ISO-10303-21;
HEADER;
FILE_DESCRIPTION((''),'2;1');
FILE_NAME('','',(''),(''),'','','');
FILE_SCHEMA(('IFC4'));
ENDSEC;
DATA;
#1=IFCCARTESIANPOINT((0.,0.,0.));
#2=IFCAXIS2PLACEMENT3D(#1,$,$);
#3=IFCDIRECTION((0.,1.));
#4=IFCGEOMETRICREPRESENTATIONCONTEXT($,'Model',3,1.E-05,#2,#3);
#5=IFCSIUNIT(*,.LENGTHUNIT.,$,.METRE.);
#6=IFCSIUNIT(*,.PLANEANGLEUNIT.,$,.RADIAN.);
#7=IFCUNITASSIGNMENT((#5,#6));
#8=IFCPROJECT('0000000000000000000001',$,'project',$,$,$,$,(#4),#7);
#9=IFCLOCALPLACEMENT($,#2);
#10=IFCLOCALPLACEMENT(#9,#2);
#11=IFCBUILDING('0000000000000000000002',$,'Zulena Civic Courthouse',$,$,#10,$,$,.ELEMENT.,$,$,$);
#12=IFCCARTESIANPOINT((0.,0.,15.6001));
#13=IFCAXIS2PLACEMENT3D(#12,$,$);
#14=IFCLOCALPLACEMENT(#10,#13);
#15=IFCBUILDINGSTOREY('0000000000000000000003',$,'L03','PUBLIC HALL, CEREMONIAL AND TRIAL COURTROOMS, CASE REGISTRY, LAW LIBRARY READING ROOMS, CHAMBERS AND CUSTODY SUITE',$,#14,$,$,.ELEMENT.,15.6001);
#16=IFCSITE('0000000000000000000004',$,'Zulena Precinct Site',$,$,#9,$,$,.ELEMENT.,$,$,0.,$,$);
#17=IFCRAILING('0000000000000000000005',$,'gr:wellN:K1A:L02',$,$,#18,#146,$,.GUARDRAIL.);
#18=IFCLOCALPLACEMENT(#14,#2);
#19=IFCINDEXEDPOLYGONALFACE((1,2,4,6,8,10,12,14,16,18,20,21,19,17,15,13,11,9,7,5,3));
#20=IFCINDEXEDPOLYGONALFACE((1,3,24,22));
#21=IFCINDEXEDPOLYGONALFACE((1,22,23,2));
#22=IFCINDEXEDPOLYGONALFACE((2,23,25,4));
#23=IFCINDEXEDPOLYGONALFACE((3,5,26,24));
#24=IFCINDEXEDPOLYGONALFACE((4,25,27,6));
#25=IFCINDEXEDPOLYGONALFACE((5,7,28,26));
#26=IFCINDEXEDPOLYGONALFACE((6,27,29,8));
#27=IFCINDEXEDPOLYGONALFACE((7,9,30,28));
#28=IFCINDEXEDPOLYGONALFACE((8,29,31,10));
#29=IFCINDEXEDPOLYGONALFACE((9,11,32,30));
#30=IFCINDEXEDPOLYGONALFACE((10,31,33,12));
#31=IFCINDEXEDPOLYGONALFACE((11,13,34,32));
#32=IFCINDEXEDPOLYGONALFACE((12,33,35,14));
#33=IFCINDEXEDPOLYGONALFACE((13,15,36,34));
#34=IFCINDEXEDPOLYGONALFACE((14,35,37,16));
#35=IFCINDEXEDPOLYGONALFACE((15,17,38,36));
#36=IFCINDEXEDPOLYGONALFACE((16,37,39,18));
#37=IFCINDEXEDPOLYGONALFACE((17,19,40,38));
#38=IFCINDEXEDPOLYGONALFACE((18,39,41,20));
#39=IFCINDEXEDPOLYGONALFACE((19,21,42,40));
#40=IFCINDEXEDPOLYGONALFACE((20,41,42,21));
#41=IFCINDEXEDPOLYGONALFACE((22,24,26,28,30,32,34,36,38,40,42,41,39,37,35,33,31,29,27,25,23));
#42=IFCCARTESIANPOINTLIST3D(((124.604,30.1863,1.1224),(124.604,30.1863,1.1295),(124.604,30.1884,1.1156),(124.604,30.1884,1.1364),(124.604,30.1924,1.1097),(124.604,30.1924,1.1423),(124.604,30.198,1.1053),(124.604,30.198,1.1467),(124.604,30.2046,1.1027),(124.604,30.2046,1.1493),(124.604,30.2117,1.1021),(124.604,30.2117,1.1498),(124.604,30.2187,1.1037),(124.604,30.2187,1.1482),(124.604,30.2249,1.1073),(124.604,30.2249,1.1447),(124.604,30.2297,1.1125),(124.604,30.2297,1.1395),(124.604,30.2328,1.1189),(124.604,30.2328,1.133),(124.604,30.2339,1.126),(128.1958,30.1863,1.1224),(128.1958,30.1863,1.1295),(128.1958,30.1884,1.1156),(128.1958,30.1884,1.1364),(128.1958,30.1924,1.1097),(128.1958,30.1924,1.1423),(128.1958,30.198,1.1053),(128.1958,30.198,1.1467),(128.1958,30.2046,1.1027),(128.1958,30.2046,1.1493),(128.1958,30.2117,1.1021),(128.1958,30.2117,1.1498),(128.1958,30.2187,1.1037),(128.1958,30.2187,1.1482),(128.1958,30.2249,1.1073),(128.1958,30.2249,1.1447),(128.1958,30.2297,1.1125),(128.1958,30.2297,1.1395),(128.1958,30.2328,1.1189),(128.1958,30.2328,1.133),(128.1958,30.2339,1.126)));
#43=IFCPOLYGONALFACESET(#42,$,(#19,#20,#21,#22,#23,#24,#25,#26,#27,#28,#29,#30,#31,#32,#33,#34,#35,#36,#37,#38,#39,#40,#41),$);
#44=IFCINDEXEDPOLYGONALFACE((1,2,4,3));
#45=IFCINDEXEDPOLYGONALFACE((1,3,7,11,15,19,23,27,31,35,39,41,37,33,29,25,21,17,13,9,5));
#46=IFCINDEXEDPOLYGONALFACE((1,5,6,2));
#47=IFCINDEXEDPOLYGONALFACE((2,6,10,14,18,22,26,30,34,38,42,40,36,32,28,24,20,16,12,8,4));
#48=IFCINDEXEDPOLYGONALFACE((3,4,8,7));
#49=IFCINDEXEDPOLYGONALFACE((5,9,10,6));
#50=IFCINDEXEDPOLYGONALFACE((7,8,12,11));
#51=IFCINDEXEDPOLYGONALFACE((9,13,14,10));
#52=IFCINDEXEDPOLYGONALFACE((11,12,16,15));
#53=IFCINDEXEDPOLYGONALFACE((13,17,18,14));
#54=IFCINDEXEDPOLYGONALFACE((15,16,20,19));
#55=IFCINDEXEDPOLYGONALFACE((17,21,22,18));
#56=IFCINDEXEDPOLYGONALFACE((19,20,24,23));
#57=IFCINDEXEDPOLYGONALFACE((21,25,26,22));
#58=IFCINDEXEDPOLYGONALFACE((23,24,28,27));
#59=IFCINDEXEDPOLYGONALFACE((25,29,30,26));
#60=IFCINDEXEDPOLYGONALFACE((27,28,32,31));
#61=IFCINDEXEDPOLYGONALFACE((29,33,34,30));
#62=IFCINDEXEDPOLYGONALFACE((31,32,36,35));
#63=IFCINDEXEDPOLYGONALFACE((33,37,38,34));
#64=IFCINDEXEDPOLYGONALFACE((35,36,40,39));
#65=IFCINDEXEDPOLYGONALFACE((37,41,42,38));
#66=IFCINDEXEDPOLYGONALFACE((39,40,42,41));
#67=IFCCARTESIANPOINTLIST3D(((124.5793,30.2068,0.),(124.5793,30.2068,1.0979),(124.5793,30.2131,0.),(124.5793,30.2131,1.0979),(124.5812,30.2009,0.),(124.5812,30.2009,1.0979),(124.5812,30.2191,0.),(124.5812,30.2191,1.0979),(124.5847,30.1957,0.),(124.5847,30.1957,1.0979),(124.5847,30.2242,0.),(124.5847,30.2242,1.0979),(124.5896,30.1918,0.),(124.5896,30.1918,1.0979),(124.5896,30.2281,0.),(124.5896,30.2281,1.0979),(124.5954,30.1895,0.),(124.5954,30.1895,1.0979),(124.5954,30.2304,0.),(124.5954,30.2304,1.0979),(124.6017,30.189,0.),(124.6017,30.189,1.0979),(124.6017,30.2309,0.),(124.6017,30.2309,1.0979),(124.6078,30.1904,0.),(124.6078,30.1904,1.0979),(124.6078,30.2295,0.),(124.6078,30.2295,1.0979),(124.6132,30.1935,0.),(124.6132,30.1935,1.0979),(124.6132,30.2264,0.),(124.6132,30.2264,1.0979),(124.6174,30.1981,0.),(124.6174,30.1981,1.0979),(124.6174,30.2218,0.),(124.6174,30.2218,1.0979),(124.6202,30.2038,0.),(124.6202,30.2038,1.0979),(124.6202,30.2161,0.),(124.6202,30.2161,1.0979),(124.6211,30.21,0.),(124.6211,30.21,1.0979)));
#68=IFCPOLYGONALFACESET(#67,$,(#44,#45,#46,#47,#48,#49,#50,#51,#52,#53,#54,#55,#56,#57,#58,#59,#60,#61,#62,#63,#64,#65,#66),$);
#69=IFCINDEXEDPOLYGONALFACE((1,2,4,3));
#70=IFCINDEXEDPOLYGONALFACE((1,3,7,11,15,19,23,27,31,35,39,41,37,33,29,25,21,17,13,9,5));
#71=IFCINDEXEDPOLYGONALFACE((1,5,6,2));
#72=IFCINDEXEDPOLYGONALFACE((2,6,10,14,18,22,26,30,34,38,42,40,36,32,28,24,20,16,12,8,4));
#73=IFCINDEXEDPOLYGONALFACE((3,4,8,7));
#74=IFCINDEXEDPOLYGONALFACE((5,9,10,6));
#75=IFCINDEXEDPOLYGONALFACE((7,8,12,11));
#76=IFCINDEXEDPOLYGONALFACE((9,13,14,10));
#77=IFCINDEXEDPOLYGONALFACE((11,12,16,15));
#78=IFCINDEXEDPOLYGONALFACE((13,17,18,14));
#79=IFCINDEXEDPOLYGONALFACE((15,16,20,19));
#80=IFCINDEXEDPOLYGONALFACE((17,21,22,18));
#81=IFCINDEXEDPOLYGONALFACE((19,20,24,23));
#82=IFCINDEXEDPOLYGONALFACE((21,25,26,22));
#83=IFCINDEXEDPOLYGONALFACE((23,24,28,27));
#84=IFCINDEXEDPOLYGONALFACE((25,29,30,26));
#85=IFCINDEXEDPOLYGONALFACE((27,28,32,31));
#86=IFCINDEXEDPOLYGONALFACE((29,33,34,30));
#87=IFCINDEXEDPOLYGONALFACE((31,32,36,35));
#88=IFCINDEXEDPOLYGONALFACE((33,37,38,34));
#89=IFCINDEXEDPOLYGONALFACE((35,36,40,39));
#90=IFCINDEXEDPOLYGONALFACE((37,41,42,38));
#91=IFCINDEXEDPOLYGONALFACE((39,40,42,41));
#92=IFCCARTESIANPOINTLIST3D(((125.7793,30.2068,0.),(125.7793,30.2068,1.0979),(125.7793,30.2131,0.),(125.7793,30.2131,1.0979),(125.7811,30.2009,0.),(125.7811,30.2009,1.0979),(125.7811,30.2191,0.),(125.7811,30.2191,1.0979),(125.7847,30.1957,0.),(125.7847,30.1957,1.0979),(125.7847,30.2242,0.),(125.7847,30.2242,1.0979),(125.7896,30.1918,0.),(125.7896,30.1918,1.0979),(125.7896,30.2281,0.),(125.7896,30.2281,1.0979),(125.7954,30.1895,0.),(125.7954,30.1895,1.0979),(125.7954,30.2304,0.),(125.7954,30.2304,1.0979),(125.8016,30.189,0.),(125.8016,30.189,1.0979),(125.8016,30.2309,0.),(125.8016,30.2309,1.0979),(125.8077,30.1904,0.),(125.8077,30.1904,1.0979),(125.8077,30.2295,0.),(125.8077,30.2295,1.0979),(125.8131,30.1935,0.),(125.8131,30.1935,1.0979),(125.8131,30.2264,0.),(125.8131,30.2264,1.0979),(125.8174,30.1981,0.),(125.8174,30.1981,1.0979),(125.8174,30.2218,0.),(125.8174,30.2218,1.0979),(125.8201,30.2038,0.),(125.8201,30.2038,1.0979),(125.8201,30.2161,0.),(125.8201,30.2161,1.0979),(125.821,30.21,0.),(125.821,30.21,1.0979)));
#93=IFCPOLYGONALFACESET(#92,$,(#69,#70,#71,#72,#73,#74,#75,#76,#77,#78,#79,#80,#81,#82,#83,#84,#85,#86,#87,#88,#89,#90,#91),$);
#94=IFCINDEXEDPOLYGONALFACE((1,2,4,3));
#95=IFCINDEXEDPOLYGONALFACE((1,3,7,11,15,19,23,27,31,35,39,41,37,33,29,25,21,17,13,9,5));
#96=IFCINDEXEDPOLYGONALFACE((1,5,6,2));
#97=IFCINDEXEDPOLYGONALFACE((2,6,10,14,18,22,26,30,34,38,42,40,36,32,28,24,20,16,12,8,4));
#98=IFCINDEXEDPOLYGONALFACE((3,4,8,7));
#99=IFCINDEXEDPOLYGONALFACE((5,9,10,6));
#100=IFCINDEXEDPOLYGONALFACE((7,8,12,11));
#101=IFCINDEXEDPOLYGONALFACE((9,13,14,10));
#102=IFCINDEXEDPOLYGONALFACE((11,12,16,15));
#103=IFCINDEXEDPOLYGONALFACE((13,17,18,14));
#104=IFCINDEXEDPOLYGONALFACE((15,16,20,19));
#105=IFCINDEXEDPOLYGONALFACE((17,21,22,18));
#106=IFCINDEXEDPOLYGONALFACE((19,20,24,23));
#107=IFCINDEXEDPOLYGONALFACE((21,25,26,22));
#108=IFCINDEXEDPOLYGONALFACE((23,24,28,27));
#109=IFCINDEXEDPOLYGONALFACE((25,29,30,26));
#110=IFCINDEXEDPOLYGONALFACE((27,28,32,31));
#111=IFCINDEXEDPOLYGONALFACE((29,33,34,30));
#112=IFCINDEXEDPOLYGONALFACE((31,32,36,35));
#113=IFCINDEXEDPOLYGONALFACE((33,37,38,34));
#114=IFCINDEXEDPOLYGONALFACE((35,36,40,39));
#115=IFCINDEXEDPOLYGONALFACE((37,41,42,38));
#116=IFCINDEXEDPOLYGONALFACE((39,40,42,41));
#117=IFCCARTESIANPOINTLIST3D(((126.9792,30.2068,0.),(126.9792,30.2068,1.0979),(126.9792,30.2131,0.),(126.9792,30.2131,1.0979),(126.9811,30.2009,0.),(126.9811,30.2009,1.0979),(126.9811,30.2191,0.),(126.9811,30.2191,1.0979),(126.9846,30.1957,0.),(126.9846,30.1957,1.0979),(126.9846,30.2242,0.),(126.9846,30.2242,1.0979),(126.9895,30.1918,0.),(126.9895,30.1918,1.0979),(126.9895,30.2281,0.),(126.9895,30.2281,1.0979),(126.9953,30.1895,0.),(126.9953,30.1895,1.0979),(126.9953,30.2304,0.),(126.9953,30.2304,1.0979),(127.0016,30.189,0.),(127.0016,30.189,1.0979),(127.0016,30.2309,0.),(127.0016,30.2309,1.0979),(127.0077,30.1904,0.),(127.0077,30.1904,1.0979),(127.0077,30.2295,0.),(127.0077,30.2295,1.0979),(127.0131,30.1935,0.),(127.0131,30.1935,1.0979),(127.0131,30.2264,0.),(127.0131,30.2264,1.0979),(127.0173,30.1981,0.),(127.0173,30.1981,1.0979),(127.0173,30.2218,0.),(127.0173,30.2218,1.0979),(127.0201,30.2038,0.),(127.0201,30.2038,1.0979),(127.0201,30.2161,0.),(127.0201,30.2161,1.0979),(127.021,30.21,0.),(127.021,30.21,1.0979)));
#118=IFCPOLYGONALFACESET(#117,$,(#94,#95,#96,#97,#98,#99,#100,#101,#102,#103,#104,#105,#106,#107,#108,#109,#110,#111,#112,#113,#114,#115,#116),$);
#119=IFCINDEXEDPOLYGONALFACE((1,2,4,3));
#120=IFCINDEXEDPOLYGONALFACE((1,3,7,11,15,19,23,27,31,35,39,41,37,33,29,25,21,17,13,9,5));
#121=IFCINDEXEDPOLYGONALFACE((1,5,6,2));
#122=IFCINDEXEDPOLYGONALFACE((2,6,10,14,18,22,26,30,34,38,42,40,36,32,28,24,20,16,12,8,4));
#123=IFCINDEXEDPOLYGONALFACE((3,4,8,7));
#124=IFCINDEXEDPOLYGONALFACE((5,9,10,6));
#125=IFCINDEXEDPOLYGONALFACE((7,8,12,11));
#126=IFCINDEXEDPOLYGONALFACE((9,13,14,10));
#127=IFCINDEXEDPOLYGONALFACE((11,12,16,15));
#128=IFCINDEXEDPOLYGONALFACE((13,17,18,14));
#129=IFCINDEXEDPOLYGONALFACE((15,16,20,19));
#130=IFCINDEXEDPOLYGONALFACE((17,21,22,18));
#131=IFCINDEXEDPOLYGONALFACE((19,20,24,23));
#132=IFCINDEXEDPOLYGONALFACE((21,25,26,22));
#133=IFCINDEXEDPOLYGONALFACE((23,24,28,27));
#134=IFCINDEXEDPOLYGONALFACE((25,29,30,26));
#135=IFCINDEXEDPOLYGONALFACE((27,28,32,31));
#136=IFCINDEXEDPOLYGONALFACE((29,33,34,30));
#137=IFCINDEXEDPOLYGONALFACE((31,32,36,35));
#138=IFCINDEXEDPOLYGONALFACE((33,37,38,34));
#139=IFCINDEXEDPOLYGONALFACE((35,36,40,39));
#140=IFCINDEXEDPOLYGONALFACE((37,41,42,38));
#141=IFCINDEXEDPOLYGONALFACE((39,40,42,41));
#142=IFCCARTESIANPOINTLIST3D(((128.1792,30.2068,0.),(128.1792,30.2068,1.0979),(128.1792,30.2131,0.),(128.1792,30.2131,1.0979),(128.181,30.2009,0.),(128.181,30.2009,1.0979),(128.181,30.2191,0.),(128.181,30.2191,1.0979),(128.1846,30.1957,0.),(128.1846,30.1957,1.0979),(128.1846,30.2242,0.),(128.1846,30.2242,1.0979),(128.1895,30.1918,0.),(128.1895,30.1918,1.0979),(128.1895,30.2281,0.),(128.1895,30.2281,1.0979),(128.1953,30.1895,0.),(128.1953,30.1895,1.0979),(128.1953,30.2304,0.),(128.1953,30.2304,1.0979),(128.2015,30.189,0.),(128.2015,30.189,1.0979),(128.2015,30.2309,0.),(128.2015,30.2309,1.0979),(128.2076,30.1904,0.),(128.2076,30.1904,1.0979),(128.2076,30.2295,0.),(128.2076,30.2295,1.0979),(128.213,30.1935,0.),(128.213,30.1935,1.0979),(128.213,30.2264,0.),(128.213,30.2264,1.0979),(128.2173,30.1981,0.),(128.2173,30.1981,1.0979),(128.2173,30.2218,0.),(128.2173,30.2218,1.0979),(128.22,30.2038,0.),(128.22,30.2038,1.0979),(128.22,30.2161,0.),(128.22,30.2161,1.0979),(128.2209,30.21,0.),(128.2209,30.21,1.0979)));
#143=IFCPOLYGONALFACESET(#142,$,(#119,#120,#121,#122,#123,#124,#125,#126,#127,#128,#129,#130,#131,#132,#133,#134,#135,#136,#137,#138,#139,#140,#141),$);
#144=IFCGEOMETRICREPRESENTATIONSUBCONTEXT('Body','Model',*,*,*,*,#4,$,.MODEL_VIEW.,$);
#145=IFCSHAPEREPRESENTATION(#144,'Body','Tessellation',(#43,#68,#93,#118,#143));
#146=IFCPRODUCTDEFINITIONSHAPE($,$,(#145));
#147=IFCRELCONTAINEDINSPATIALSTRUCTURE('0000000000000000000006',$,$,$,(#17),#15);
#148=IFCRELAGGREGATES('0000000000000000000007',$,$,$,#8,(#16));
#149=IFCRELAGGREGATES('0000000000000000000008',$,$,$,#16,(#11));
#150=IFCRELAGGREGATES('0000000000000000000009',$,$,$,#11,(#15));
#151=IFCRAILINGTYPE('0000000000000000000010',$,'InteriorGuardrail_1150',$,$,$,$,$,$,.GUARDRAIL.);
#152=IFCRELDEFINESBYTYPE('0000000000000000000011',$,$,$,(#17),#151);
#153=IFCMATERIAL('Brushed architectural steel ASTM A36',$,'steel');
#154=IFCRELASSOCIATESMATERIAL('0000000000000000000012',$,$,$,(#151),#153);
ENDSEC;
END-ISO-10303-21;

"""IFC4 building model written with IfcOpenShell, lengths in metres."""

from ifc_helpers import new_model, si_unit, direction, frame, origin, origin_2d, place, context, subcontext, project, spatial, circle, extrude, material, type_object, element, save


model = new_model("IFC4")

# Units and contexts
model_context = context("Model", 3, precision=1e-05, world=origin(), true_north=direction((0.0, 1.0)))
body_context = subcontext(model_context, "Body", "Model", "MODEL_VIEW")
ifc_project = project(units=[si_unit("LENGTHUNIT", "METRE"), si_unit("PLANEANGLEUNIT", "RADIAN")], contexts=[model_context])

# Site, building, storey
site_placement = place(None, origin())
site = spatial("IfcSite", under=ifc_project, at=site_placement, Name="Zulena Precinct Site", CompositionType="ELEMENT", RefElevation=0.0)
building_placement = place(site_placement, origin())
building = spatial("IfcBuilding", under=site, at=building_placement, Name="Zulena Civic Courthouse", CompositionType="ELEMENT")
storey_placement = place(building_placement, frame((0.0, 0.0, 15.6001)))
storey = spatial("IfcBuildingStorey", under=building, at=storey_placement, Name="L03", Description="PUBLIC HALL, CEREMONIAL AND TRIAL COURTROOMS, CASE REGISTRY, LAW LIBRARY READING ROOMS, CHAMBERS AND CUSTODY SUITE", CompositionType="ELEMENT", Elevation=15.6001)

# Railing
ifc_material_1 = material(Name="Brushed architectural steel ASTM A36", Category="steel")
railing_type = type_object("IfcRailingType", Name="InteriorGuardrail_1150", PredefinedType="GUARDRAIL", material=ifc_material_1)
railing_1_placement = place(storey_placement, frame((124.6001, 30.21, 0.0)))
element("IfcRailing", 1, at=railing_1_placement, inside=storey, type_object=railing_type, Name="gr:wellN:K1A:L02", PredefinedType="GUARDRAIL", context=body_context, shape_type="SweptSolid", body=[
    extrude(circle(Radius=0.0239, at=origin_2d()), frame((0.0039, 0.0, 1.126), z_axis=(1.0, 0.0, 0.0), x_axis=(0.0, 1.0, 0.0)), (0.0, 0.0, 1.0), 3.5918),
    extrude(circle(Radius=0.021, at=origin_2d()), origin(), (0.0, 0.0, 1.0), 1.0979),
    extrude(circle(Radius=0.021, at=origin_2d()), frame((1.2, 0.0, 0.0)), (0.0, 0.0, 1.0), 1.0979),
    extrude(circle(Radius=0.021, at=origin_2d()), frame((2.3999, 0.0, 0.0)), (0.0, 0.0, 1.0), 1.0979),
    extrude(circle(Radius=0.021, at=origin_2d()), frame((3.5999, 0.0, 0.0)), (0.0, 0.0, 1.0), 1.0979),
])

save(model, "model.ifc")
